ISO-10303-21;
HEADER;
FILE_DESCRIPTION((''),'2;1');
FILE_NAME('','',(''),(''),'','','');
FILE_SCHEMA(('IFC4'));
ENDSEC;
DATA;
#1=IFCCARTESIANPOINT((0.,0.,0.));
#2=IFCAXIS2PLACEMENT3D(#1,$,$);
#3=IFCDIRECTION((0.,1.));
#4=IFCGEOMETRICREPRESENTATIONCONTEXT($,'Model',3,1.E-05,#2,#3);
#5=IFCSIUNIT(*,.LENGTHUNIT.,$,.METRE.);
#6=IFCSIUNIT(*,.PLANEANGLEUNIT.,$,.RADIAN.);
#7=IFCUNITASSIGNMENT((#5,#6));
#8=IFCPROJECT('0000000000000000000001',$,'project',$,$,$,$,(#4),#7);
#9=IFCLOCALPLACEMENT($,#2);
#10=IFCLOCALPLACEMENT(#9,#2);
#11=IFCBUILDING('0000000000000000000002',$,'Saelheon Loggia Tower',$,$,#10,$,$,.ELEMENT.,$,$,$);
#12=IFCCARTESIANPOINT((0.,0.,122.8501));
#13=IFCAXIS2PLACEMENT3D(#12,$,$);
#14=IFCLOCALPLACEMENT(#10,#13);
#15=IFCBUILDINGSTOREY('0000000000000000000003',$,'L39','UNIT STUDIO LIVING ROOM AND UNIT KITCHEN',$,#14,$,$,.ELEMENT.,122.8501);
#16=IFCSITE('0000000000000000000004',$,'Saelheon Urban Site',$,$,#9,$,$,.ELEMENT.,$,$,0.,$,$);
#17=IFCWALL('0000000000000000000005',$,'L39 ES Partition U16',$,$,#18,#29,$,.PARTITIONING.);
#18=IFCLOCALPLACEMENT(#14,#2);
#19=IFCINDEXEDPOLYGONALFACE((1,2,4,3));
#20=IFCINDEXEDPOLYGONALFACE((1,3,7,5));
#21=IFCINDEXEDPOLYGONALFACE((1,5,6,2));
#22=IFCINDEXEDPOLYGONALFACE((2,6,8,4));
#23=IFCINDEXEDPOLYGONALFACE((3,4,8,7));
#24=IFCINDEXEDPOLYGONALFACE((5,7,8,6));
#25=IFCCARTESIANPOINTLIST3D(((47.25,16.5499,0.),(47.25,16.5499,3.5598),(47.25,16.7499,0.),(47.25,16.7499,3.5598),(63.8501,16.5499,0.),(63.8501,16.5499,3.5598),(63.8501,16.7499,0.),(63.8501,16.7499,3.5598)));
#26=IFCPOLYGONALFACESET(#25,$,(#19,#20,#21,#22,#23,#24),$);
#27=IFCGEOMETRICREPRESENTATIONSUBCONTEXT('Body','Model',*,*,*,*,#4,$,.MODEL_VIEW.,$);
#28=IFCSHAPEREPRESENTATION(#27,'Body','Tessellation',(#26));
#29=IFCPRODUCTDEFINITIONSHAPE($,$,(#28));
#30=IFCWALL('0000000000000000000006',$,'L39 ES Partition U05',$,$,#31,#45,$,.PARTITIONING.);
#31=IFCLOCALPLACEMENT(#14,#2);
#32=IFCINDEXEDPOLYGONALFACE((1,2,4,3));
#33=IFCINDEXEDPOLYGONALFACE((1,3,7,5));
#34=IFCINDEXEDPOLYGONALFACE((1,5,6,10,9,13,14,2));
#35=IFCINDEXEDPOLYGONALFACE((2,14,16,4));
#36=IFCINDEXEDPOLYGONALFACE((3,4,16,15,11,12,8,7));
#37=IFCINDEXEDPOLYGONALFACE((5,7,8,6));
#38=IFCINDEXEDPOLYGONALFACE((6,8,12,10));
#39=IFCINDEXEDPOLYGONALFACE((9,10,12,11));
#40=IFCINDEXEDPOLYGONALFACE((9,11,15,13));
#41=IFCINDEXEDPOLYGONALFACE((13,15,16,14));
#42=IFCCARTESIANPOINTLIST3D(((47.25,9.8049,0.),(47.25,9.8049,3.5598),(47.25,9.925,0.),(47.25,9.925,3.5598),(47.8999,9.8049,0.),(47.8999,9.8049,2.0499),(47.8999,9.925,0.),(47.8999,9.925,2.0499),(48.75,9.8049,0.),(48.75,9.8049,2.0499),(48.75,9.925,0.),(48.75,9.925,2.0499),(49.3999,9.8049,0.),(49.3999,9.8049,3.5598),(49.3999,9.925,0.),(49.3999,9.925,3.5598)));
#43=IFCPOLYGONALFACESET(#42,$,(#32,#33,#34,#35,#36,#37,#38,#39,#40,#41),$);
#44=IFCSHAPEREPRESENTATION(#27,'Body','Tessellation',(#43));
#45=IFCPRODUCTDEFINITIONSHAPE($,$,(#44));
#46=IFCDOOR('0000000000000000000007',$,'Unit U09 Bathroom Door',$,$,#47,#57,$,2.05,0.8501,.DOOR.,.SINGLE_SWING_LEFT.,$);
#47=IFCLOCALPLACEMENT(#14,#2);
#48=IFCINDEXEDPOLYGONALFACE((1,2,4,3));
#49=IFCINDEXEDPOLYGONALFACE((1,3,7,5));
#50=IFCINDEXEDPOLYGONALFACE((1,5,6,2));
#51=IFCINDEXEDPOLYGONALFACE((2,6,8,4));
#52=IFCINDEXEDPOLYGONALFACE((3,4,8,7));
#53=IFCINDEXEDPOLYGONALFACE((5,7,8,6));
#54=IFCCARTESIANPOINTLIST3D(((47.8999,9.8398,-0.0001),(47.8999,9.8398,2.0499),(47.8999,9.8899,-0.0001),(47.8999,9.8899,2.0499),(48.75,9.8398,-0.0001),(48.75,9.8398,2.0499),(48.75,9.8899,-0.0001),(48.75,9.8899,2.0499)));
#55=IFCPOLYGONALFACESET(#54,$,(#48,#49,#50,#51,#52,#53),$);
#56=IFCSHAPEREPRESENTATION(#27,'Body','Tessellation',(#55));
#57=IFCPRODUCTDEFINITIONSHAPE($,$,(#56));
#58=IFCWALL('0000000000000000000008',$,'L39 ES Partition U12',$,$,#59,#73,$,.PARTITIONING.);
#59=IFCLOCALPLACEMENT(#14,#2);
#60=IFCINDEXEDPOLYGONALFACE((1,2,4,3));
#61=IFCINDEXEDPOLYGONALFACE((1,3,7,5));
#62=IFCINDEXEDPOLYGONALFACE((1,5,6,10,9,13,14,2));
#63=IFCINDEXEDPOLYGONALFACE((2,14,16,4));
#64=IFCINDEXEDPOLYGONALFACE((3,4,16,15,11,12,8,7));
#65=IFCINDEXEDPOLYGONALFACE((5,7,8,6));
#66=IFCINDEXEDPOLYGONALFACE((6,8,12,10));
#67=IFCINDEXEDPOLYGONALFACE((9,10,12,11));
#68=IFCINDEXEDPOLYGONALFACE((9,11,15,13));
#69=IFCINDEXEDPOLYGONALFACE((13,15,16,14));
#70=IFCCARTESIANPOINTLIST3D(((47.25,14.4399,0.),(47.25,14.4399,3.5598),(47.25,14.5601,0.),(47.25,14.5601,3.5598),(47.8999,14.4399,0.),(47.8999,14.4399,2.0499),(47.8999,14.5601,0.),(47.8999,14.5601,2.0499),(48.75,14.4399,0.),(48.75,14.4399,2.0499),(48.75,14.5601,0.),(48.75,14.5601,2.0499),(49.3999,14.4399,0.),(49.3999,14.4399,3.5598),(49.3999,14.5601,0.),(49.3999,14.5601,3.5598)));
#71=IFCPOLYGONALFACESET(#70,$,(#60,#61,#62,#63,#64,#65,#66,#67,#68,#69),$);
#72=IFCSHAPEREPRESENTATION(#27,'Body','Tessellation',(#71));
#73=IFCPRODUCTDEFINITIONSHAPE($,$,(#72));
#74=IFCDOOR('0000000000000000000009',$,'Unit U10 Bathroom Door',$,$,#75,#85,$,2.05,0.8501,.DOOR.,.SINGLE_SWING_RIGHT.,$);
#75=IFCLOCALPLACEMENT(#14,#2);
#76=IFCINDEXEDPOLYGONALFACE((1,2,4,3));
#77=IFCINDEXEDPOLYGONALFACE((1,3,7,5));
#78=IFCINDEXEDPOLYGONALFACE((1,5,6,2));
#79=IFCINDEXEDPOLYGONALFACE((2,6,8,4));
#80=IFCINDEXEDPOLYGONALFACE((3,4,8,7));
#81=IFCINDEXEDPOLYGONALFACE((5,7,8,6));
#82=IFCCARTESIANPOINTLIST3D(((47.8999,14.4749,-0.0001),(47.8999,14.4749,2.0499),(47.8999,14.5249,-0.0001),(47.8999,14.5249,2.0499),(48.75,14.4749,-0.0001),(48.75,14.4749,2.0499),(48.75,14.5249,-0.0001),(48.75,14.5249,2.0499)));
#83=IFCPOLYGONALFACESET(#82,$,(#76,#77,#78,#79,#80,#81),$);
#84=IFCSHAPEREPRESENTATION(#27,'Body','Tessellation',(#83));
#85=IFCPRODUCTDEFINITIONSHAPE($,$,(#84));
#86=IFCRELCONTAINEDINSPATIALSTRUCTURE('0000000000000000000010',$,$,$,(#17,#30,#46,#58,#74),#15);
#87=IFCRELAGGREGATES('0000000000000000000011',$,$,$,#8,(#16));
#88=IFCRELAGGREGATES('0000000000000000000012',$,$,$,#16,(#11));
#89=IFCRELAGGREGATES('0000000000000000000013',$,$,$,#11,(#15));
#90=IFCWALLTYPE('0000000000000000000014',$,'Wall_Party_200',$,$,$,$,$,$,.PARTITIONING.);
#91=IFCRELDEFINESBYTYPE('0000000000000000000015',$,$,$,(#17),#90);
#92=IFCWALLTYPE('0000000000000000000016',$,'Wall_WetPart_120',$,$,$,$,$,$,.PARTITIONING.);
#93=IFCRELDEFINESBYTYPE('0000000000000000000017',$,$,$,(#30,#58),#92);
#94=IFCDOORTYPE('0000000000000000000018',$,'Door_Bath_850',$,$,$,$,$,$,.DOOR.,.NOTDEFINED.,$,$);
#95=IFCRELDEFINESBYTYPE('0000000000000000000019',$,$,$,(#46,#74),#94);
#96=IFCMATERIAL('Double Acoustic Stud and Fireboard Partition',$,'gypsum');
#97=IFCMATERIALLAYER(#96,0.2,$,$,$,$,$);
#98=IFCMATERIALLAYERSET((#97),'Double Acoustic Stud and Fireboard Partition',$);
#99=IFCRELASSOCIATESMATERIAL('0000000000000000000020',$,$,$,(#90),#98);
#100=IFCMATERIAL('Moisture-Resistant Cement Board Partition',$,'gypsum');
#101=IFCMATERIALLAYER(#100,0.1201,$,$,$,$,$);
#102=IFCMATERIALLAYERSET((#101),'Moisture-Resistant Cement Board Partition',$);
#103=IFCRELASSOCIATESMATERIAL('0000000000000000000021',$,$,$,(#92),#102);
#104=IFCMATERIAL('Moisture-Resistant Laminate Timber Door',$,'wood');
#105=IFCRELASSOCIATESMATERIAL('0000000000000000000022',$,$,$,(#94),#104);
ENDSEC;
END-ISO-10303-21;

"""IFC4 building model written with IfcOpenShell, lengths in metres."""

from ifc_helpers import new_model, si_unit, direction, frame, frame_2d, origin, place, context, subcontext, project, spatial, rectangle, extrude, source, transform, mapped, material, layer, layer_set, type_object, element, fill, save


model = new_model("IFC4")

# Units and contexts
model_context = context("Model", 3, precision=1e-05, world=origin(), true_north=direction((0.0, 1.0)))
body_context = subcontext(model_context, "Body", "Model", "MODEL_VIEW")
ifc_project = project(units=[si_unit("LENGTHUNIT", "METRE"), si_unit("PLANEANGLEUNIT", "RADIAN")], contexts=[model_context])

# Site, building, storey
site_placement = place(None, origin())
site = spatial("IfcSite", under=ifc_project, at=site_placement, Name="Saelheon Urban Site", CompositionType="ELEMENT", RefElevation=0.0)
building_placement = place(site_placement, origin())
building = spatial("IfcBuilding", under=site, at=building_placement, Name="Saelheon Loggia Tower", CompositionType="ELEMENT")
storey_placement = place(building_placement, frame((0.0, 0.0, 122.8501)))
storey = spatial("IfcBuildingStorey", under=building, at=storey_placement, Name="L39", Description="UNIT STUDIO LIVING ROOM AND UNIT KITCHEN", CompositionType="ELEMENT", Elevation=122.8501)

# Shared definitions
ifc_material_1 = material(Name="Double Acoustic Stud and Fireboard Partition", Category="gypsum")
ifc_layer_1 = layer(ifc_material_1, 0.2)
ifc_layer_set_1 = layer_set([ifc_layer_1], Name="Double Acoustic Stud and Fireboard Partition")
wall_type_1 = type_object("IfcWallType", Name="Wall_Party_200", PredefinedType="PARTITIONING", material=ifc_layer_set_1)

# Wall
wall_1_placement = place(storey_placement, frame((47.25, 16.6499, 0.0), z_axis=(0.0, 0.0, 1.0), x_axis=(1.0, 0.0, 0.0)))
element("IfcWall", 1, at=wall_1_placement, inside=storey, type_object=wall_type_1, Name="L39 ES Partition U16", PredefinedType="PARTITIONING", context=body_context, shape_type="SweptSolid", body=[
    extrude(rectangle(XDim=16.6001, YDim=0.2, at=frame_2d((8.3, 0.0))), origin(), (0.0, 0.0, 1.0), 3.5598),
])

# Walls, openings, doors
ifc_material_2 = material(Name="Moisture-Resistant Cement Board Partition", Category="gypsum")
ifc_layer_2 = layer(ifc_material_2, 0.1201)
ifc_layer_set_2 = layer_set([ifc_layer_2], Name="Moisture-Resistant Cement Board Partition")
wall_type_2 = type_object("IfcWallType", Name="Wall_WetPart_120", PredefinedType="PARTITIONING", material=ifc_layer_set_2)
wall_2_placement = place(storey_placement, frame((47.25, 9.865, 0.0), z_axis=(0.0, 0.0, 1.0), x_axis=(1.0, 0.0, 0.0)))
wall_2 = element("IfcWall", 2, at=wall_2_placement, inside=storey, type_object=wall_type_2, Name="L39 ES Partition U05", PredefinedType="PARTITIONING", context=body_context, shape_type="SweptSolid", body=[
    extrude(rectangle(XDim=2.1499, YDim=0.1201, at=frame_2d((1.075, 0.0))), origin(), (0.0, 0.0, 1.0), 3.5598),
])
opening_1_placement = place(wall_2_placement, frame((0.6499, 0.0, 0.0)))
opening_1 = element("IfcOpeningElement", 3, at=opening_1_placement, cuts=wall_2, PredefinedType="OPENING", context=body_context, shape_type="SweptSolid", body=[
    extrude(rectangle(XDim=0.8501, YDim=2.05, at=frame_2d((0.425, 1.0249))), frame((0.0, 0.072, 0.0), z_axis=(0.0, -1.0, 0.0), x_axis=(1.0, 0.0, 0.0)), (0.0, 0.0, 1.0), 0.144),
])
ifc_material_3 = material(Name="Moisture-Resistant Laminate Timber Door", Category="wood")
door_type_1 = type_object("IfcDoorType", Name="Door_Bath_850", OperationType="NOTDEFINED", PredefinedType="DOOR", material=ifc_material_3)
shared_shape_1 = source(origin(), body_context, "Body", "SweptSolid", [
    extrude(rectangle(XDim=0.8501, YDim=2.05, at=frame_2d((0.425, 1.0249))), frame((0.0, 0.0249, 0.0), z_axis=(0.0, -1.0, 0.0), x_axis=(1.0, 0.0, 0.0)), (0.0, 0.0, 1.0), 0.05),
])
door_1_placement = place(opening_1_placement, origin())
door_1 = element("IfcDoor", 4, at=door_1_placement, inside=storey, type_object=door_type_1, Name="Unit U09 Bathroom Door", OperationType="SINGLE_SWING_LEFT", OverallHeight=2.05, OverallWidth=0.8501, PredefinedType="DOOR", context=body_context, shape_type="MappedRepresentation", body=[
    mapped(shared_shape_1, transform((0.0, 0.0, 0.0), scale=1.0)),
])
fill(opening_1, door_1)
wall_3_placement = place(storey_placement, frame((47.25, 14.5, 0.0), z_axis=(0.0, 0.0, 1.0), x_axis=(1.0, 0.0, 0.0)))
wall_3 = element("IfcWall", 5, at=wall_3_placement, inside=storey, type_object=wall_type_2, Name="L39 ES Partition U12", PredefinedType="PARTITIONING", context=body_context, shape_type="SweptSolid", body=[
    extrude(rectangle(XDim=2.1499, YDim=0.1201, at=frame_2d((1.075, 0.0))), origin(), (0.0, 0.0, 1.0), 3.5598),
])
opening_2_placement = place(wall_3_placement, frame((0.6499, 0.0, 0.0)))
opening_2 = element("IfcOpeningElement", 6, at=opening_2_placement, cuts=wall_3, PredefinedType="OPENING", context=body_context, shape_type="SweptSolid", body=[
    extrude(rectangle(XDim=0.8501, YDim=2.05, at=frame_2d((0.425, 1.0249))), frame((0.0, 0.072, 0.0), z_axis=(0.0, -1.0, 0.0), x_axis=(1.0, 0.0, 0.0)), (0.0, 0.0, 1.0), 0.144),
])
door_2_placement = place(opening_2_placement, origin())
door_2 = element("IfcDoor", 7, at=door_2_placement, inside=storey, type_object=door_type_1, Name="Unit U10 Bathroom Door", OperationType="SINGLE_SWING_RIGHT", OverallHeight=2.05, OverallWidth=0.8501, PredefinedType="DOOR", context=body_context, shape_type="MappedRepresentation", body=[
    mapped(shared_shape_1, transform((0.0, 0.0, 0.0), scale=1.0)),
])
fill(opening_2, door_2)

save(model, "model.ifc")
